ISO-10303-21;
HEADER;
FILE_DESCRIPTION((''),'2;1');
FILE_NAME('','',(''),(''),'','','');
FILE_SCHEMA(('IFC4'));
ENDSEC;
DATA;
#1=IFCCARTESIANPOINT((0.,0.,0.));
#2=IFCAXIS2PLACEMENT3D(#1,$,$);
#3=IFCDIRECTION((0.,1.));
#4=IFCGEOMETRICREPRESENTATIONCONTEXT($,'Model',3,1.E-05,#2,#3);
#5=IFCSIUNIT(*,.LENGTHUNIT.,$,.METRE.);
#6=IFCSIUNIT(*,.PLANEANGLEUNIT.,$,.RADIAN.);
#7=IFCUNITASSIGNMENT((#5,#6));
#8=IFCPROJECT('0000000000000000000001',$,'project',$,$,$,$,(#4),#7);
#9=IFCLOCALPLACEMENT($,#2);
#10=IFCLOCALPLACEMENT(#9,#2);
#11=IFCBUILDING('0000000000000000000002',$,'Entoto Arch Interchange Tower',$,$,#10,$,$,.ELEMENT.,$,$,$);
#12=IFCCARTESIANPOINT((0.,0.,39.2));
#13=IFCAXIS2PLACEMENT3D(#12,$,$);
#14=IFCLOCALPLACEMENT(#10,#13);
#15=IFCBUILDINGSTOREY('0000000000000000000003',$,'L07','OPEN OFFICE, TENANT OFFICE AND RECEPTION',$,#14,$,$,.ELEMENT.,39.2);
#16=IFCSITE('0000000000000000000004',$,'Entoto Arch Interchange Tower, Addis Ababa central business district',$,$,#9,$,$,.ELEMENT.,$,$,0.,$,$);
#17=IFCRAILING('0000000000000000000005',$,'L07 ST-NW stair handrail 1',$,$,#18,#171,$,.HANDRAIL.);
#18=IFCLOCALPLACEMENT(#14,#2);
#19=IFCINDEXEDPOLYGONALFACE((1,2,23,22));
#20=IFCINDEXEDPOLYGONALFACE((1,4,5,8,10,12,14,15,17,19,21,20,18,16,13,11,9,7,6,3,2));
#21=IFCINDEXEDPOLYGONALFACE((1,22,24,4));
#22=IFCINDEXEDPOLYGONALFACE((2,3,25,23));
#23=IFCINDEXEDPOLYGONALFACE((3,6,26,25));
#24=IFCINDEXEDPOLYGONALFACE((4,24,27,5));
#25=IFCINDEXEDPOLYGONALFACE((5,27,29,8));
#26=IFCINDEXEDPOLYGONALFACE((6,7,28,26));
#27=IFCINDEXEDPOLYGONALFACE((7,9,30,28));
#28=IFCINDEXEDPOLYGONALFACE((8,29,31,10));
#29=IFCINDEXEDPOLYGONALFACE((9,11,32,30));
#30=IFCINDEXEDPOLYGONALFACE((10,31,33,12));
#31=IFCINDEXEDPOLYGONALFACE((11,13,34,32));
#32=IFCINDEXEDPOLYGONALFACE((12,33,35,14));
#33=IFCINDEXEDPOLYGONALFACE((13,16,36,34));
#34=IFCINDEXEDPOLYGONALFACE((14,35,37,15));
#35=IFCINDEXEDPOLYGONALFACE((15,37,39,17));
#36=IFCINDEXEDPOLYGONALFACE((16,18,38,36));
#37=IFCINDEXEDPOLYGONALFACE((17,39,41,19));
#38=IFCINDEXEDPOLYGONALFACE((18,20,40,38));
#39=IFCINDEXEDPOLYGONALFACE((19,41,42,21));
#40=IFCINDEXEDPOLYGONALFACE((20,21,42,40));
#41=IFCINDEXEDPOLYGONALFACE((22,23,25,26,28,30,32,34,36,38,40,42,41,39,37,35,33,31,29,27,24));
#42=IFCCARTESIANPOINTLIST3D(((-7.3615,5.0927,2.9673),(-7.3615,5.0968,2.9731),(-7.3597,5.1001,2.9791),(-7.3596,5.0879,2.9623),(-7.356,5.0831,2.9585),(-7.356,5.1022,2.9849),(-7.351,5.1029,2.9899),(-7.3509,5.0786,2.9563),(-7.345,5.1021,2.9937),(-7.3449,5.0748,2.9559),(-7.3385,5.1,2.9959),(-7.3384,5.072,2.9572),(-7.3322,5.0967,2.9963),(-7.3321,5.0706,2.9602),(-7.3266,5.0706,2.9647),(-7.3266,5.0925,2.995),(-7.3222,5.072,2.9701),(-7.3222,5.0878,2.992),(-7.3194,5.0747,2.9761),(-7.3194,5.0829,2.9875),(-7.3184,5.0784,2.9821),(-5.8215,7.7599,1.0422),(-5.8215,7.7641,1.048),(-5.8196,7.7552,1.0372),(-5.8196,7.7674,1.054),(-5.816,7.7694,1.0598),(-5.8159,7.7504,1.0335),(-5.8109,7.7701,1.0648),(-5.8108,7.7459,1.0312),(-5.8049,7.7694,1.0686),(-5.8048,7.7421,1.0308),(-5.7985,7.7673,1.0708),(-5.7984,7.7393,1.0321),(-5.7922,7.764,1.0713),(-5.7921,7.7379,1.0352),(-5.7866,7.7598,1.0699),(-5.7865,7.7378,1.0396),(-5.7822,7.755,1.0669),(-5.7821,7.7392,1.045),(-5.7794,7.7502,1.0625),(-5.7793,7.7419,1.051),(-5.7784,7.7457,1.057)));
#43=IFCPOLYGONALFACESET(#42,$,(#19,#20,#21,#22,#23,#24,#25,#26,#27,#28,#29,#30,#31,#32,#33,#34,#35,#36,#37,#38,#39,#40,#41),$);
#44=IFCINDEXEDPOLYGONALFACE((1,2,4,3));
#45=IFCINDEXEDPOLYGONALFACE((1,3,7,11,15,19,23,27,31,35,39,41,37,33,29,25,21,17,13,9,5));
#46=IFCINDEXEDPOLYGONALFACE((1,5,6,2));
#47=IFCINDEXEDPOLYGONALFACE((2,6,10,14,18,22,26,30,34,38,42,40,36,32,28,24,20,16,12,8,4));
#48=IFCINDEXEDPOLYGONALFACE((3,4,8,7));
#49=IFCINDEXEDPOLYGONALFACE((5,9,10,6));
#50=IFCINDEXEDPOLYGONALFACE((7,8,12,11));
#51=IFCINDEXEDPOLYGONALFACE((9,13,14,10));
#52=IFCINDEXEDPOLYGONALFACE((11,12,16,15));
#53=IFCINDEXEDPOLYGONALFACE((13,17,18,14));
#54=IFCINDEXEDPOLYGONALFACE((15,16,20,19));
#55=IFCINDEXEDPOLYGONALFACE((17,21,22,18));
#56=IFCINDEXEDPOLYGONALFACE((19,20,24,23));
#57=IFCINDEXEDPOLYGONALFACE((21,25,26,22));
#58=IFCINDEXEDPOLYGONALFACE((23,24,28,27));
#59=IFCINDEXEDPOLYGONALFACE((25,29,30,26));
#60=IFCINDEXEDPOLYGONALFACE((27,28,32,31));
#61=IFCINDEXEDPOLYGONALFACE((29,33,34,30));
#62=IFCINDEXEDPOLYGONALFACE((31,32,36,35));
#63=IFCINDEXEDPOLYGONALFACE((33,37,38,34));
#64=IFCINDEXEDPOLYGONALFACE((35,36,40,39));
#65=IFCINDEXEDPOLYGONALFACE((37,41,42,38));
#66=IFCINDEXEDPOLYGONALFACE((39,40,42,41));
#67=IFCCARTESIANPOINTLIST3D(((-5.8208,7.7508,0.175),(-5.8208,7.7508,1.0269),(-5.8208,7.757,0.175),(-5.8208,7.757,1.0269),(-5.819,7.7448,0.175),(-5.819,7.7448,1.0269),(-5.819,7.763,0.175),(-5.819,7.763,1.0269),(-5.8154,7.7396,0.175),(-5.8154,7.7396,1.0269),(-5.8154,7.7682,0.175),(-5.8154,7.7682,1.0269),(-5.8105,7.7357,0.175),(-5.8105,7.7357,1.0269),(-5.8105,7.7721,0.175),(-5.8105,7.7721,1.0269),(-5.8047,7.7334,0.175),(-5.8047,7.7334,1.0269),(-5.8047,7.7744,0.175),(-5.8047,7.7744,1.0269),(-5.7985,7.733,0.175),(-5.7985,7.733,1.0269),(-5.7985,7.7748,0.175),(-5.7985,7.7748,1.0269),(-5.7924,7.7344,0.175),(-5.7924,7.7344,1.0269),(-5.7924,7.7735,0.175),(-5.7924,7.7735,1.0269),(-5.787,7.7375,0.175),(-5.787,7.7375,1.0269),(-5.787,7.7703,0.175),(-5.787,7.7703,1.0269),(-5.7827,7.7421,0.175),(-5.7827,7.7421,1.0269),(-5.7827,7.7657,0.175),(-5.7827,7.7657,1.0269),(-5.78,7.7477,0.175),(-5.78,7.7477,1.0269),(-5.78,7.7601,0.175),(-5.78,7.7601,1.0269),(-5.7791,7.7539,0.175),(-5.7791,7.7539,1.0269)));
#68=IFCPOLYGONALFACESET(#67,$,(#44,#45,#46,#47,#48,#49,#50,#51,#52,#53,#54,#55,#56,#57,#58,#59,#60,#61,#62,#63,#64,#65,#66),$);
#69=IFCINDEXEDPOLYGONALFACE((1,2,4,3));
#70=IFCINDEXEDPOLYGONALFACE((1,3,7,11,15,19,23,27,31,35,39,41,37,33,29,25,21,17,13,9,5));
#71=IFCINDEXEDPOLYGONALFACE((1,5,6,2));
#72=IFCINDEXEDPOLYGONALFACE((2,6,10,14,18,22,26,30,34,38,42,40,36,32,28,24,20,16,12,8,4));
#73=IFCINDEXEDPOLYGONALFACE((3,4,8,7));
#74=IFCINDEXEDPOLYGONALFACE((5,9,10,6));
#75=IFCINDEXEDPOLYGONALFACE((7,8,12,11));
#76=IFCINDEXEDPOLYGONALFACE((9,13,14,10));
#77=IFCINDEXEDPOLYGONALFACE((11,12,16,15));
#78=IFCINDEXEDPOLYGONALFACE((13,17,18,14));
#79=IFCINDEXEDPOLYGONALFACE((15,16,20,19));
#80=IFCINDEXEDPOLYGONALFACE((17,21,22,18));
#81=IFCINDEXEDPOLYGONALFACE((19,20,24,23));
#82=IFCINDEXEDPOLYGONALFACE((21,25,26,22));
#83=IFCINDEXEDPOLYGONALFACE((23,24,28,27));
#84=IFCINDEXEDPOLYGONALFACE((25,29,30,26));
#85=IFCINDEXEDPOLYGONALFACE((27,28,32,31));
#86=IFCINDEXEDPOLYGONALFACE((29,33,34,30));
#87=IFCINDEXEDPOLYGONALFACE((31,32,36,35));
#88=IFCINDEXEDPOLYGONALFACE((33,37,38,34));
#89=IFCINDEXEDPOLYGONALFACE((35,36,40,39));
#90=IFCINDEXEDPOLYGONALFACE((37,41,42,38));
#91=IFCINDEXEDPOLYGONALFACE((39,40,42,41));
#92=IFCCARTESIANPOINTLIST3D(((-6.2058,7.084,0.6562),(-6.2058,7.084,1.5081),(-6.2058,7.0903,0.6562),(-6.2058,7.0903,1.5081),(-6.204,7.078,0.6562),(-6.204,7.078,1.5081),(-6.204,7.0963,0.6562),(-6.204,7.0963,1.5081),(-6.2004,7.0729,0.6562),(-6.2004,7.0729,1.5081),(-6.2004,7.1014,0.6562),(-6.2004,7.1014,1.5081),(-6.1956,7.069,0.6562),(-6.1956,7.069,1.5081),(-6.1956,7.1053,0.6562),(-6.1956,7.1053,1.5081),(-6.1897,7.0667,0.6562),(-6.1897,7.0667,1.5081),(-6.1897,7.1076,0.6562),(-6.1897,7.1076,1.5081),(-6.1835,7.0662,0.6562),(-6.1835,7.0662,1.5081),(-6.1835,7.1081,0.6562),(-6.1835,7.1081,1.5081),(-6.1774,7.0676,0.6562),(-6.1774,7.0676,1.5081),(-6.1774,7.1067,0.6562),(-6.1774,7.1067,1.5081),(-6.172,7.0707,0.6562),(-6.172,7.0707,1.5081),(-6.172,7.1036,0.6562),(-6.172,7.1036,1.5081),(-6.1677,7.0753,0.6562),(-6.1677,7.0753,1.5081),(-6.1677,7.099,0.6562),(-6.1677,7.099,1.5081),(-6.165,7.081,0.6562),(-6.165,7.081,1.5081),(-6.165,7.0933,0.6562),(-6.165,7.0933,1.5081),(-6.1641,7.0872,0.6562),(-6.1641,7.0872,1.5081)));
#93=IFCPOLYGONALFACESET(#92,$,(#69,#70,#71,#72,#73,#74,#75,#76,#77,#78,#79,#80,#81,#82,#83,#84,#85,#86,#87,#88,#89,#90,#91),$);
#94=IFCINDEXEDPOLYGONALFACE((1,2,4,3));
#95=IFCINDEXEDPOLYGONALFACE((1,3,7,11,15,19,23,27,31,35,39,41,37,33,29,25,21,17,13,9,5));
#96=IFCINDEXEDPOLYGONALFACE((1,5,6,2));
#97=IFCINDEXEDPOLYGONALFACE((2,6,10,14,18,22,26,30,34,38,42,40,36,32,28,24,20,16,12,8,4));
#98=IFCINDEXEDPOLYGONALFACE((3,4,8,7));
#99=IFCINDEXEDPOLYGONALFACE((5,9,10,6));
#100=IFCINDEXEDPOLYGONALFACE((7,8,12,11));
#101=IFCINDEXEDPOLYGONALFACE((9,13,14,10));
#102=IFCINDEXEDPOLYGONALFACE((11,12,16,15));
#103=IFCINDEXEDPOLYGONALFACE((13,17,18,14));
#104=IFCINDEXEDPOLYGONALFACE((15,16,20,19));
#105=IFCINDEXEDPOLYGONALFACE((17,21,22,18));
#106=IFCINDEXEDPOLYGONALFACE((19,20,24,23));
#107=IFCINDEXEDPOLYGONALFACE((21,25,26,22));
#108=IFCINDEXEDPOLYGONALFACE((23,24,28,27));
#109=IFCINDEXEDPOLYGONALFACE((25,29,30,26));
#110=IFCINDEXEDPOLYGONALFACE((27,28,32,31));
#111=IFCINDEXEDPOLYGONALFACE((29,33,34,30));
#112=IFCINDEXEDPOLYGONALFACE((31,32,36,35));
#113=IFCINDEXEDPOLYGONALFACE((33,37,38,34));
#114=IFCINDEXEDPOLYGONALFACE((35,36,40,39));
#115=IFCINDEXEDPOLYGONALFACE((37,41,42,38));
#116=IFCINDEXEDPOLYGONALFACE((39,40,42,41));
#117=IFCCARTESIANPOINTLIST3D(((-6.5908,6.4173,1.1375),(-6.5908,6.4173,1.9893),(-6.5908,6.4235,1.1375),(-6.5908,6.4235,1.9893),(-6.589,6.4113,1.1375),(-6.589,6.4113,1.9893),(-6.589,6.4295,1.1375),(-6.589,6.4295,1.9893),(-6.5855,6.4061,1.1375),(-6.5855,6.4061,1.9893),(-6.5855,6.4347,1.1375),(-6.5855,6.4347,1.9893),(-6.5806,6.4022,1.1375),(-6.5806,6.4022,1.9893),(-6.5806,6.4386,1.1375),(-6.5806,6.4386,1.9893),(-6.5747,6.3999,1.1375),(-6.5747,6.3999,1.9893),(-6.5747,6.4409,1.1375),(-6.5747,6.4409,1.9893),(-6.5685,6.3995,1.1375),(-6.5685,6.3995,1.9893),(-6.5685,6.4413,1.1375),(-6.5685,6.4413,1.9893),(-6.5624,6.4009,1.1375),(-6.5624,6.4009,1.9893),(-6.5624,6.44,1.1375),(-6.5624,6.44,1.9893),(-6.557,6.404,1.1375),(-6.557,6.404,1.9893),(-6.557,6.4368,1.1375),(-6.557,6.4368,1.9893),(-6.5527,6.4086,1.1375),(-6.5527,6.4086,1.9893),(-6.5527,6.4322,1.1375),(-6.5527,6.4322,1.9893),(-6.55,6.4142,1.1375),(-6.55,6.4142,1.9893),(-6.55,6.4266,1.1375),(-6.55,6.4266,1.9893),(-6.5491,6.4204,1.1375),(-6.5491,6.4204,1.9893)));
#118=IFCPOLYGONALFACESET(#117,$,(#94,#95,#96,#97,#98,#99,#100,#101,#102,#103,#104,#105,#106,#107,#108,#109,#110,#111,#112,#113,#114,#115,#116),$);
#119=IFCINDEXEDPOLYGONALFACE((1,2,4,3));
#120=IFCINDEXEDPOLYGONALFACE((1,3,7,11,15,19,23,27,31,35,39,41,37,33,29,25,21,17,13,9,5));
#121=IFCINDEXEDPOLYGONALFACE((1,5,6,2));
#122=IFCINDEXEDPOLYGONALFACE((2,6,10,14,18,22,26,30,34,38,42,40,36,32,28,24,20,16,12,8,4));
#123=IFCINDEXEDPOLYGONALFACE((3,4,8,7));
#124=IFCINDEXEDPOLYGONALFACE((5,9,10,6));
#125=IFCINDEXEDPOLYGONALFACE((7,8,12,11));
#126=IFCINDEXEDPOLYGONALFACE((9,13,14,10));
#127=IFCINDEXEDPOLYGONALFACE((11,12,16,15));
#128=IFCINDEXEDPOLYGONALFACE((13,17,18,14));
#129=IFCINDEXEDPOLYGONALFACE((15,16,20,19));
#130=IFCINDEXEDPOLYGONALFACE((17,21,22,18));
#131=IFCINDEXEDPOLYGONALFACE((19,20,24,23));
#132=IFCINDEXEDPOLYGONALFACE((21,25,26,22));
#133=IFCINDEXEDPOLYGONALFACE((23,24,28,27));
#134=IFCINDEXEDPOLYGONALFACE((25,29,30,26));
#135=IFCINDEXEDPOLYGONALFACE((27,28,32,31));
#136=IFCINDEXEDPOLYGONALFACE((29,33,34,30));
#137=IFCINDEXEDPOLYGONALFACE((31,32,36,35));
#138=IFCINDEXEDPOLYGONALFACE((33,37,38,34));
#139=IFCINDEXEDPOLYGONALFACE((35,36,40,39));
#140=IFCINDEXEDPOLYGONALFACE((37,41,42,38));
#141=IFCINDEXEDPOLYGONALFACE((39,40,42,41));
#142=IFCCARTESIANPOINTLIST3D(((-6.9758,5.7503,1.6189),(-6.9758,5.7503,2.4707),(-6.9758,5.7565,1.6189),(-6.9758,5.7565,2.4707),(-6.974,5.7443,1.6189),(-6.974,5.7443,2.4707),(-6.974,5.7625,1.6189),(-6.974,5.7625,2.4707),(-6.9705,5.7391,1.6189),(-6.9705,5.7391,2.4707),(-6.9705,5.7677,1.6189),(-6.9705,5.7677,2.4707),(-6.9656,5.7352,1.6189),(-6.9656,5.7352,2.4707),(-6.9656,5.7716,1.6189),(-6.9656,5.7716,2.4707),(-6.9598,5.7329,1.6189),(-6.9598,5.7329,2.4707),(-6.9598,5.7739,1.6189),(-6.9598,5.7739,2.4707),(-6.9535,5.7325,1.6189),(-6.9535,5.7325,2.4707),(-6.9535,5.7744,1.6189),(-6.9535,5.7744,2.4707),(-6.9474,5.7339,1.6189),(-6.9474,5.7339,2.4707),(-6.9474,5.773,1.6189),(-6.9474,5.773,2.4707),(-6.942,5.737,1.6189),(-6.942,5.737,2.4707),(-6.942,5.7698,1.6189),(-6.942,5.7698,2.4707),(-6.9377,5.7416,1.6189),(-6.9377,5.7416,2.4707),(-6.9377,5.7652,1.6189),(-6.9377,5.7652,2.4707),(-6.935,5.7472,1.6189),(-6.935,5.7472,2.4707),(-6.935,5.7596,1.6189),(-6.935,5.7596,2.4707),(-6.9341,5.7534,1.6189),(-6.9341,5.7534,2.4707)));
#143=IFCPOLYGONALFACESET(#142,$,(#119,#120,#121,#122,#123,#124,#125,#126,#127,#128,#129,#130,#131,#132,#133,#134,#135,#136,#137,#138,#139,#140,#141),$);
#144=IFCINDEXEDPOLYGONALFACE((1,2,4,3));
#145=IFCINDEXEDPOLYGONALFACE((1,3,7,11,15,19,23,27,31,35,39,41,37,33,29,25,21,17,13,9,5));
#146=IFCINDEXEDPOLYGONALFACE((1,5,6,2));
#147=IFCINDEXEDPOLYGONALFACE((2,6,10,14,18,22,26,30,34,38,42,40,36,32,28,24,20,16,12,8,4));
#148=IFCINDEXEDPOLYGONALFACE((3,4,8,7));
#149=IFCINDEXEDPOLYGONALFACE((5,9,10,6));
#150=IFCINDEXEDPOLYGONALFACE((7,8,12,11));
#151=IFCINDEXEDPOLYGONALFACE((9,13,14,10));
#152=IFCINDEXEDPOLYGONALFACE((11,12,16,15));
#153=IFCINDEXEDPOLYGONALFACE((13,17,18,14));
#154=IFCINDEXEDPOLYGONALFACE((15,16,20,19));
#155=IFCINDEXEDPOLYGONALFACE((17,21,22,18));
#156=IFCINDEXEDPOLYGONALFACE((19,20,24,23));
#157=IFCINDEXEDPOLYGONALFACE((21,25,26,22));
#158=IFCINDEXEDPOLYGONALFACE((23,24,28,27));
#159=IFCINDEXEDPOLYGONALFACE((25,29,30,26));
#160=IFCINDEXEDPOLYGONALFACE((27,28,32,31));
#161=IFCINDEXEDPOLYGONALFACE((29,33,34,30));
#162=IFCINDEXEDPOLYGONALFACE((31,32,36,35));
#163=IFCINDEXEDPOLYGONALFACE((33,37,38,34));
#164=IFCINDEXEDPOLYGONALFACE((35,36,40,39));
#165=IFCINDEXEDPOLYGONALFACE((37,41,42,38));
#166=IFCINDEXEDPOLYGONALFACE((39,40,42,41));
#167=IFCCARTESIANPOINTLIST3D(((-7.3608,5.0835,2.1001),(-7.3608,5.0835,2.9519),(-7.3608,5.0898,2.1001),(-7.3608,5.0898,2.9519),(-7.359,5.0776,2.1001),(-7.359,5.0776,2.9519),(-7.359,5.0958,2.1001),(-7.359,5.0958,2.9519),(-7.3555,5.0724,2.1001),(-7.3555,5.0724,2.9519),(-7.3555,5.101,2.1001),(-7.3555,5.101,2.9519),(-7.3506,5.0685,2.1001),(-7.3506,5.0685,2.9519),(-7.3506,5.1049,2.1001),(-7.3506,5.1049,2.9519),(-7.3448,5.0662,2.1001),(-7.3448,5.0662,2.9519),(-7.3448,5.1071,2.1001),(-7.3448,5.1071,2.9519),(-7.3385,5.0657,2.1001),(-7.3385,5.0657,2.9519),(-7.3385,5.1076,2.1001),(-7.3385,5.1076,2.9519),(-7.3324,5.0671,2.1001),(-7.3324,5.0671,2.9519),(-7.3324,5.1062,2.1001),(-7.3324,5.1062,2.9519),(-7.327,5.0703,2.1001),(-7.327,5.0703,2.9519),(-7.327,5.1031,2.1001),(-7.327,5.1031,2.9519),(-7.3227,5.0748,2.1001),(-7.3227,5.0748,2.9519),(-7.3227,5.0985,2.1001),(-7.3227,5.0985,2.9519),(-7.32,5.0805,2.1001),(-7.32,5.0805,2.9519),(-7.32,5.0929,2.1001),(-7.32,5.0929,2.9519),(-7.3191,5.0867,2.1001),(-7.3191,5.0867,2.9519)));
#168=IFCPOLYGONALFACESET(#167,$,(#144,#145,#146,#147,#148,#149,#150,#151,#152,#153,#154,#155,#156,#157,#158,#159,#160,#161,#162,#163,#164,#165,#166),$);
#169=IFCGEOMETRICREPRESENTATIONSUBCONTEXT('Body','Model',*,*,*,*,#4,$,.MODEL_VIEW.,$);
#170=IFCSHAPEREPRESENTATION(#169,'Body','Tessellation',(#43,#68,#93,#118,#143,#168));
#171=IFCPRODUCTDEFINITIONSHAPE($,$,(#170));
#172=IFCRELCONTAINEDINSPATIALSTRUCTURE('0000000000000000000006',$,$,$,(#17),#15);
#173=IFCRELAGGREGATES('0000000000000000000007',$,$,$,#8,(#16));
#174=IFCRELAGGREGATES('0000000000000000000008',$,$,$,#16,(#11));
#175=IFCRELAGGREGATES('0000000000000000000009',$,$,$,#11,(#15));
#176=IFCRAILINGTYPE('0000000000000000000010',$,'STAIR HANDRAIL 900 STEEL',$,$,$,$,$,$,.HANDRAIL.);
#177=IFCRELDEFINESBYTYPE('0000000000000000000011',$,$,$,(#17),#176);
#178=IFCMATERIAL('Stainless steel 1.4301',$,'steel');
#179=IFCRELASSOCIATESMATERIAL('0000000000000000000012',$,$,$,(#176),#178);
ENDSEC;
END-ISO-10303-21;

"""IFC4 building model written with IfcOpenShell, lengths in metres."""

from ifc_helpers import new_model, si_unit, direction, frame, origin, origin_2d, place, context, subcontext, project, spatial, circle, extrude, material, type_object, element, save


model = new_model("IFC4")

# Units and contexts
model_context = context("Model", 3, precision=1e-05, world=origin(), true_north=direction((0.0, 1.0)))
body_context = subcontext(model_context, "Body", "Model", "MODEL_VIEW")
ifc_project = project(units=[si_unit("LENGTHUNIT", "METRE"), si_unit("PLANEANGLEUNIT", "RADIAN")], contexts=[model_context])

# Site, building, storey
site_placement = place(None, origin())
site = spatial("IfcSite", under=ifc_project, at=site_placement, Name="Entoto Arch Interchange Tower, Addis Ababa central business district", CompositionType="ELEMENT", RefElevation=0.0)
building_placement = place(site_placement, origin())
building = spatial("IfcBuilding", under=site, at=building_placement, Name="Entoto Arch Interchange Tower", CompositionType="ELEMENT")
storey_placement = place(building_placement, frame((0.0, 0.0, 39.2)))
storey = spatial("IfcBuildingStorey", under=building, at=storey_placement, Name="L07", Description="OPEN OFFICE, TENANT OFFICE AND RECEPTION", CompositionType="ELEMENT", Elevation=39.2)

# Railing
ifc_material_1 = material(Name="Stainless steel 1.4301", Category="steel")
railing_type = type_object("IfcRailingType", Name="STAIR HANDRAIL 900 STEEL", PredefinedType="HANDRAIL", material=ifc_material_1)
railing_placement = place(storey_placement, frame((-5.8, 7.7539, 0.175)))
element("IfcRailing", 1, at=railing_placement, inside=storey, type_object=railing_type, Name="L07 ST-NW stair handrail 1", PredefinedType="HANDRAIL", context=body_context, shape_type="SweptSolid", body=[
    extrude(circle(Radius=0.0239, at=origin_2d()), frame((0.0, 0.0, 0.876), z_axis=(-0.424015, -0.734364, 0.530019), x_axis=(0.86601, -0.500027, 0.0)), (0.0, 0.0, 1.0), 3.6321),
    extrude(circle(Radius=0.021, at=origin_2d()), origin(), (0.0, 0.0, 1.0), 0.8518),
    extrude(circle(Radius=0.021, at=origin_2d()), frame((-0.385, -0.6667, 0.4812)), (0.0, 0.0, 1.0), 0.8518),
    extrude(circle(Radius=0.021, at=origin_2d()), frame((-0.77, -1.3335, 0.9624)), (0.0, 0.0, 1.0), 0.8518),
    extrude(circle(Radius=0.021, at=origin_2d()), frame((-1.155, -2.0005, 1.4438)), (0.0, 0.0, 1.0), 0.8518),
    extrude(circle(Radius=0.021, at=origin_2d()), frame((-1.54, -2.6672, 1.925)), (0.0, 0.0, 1.0), 0.8518),
])

save(model, "model.ifc")
